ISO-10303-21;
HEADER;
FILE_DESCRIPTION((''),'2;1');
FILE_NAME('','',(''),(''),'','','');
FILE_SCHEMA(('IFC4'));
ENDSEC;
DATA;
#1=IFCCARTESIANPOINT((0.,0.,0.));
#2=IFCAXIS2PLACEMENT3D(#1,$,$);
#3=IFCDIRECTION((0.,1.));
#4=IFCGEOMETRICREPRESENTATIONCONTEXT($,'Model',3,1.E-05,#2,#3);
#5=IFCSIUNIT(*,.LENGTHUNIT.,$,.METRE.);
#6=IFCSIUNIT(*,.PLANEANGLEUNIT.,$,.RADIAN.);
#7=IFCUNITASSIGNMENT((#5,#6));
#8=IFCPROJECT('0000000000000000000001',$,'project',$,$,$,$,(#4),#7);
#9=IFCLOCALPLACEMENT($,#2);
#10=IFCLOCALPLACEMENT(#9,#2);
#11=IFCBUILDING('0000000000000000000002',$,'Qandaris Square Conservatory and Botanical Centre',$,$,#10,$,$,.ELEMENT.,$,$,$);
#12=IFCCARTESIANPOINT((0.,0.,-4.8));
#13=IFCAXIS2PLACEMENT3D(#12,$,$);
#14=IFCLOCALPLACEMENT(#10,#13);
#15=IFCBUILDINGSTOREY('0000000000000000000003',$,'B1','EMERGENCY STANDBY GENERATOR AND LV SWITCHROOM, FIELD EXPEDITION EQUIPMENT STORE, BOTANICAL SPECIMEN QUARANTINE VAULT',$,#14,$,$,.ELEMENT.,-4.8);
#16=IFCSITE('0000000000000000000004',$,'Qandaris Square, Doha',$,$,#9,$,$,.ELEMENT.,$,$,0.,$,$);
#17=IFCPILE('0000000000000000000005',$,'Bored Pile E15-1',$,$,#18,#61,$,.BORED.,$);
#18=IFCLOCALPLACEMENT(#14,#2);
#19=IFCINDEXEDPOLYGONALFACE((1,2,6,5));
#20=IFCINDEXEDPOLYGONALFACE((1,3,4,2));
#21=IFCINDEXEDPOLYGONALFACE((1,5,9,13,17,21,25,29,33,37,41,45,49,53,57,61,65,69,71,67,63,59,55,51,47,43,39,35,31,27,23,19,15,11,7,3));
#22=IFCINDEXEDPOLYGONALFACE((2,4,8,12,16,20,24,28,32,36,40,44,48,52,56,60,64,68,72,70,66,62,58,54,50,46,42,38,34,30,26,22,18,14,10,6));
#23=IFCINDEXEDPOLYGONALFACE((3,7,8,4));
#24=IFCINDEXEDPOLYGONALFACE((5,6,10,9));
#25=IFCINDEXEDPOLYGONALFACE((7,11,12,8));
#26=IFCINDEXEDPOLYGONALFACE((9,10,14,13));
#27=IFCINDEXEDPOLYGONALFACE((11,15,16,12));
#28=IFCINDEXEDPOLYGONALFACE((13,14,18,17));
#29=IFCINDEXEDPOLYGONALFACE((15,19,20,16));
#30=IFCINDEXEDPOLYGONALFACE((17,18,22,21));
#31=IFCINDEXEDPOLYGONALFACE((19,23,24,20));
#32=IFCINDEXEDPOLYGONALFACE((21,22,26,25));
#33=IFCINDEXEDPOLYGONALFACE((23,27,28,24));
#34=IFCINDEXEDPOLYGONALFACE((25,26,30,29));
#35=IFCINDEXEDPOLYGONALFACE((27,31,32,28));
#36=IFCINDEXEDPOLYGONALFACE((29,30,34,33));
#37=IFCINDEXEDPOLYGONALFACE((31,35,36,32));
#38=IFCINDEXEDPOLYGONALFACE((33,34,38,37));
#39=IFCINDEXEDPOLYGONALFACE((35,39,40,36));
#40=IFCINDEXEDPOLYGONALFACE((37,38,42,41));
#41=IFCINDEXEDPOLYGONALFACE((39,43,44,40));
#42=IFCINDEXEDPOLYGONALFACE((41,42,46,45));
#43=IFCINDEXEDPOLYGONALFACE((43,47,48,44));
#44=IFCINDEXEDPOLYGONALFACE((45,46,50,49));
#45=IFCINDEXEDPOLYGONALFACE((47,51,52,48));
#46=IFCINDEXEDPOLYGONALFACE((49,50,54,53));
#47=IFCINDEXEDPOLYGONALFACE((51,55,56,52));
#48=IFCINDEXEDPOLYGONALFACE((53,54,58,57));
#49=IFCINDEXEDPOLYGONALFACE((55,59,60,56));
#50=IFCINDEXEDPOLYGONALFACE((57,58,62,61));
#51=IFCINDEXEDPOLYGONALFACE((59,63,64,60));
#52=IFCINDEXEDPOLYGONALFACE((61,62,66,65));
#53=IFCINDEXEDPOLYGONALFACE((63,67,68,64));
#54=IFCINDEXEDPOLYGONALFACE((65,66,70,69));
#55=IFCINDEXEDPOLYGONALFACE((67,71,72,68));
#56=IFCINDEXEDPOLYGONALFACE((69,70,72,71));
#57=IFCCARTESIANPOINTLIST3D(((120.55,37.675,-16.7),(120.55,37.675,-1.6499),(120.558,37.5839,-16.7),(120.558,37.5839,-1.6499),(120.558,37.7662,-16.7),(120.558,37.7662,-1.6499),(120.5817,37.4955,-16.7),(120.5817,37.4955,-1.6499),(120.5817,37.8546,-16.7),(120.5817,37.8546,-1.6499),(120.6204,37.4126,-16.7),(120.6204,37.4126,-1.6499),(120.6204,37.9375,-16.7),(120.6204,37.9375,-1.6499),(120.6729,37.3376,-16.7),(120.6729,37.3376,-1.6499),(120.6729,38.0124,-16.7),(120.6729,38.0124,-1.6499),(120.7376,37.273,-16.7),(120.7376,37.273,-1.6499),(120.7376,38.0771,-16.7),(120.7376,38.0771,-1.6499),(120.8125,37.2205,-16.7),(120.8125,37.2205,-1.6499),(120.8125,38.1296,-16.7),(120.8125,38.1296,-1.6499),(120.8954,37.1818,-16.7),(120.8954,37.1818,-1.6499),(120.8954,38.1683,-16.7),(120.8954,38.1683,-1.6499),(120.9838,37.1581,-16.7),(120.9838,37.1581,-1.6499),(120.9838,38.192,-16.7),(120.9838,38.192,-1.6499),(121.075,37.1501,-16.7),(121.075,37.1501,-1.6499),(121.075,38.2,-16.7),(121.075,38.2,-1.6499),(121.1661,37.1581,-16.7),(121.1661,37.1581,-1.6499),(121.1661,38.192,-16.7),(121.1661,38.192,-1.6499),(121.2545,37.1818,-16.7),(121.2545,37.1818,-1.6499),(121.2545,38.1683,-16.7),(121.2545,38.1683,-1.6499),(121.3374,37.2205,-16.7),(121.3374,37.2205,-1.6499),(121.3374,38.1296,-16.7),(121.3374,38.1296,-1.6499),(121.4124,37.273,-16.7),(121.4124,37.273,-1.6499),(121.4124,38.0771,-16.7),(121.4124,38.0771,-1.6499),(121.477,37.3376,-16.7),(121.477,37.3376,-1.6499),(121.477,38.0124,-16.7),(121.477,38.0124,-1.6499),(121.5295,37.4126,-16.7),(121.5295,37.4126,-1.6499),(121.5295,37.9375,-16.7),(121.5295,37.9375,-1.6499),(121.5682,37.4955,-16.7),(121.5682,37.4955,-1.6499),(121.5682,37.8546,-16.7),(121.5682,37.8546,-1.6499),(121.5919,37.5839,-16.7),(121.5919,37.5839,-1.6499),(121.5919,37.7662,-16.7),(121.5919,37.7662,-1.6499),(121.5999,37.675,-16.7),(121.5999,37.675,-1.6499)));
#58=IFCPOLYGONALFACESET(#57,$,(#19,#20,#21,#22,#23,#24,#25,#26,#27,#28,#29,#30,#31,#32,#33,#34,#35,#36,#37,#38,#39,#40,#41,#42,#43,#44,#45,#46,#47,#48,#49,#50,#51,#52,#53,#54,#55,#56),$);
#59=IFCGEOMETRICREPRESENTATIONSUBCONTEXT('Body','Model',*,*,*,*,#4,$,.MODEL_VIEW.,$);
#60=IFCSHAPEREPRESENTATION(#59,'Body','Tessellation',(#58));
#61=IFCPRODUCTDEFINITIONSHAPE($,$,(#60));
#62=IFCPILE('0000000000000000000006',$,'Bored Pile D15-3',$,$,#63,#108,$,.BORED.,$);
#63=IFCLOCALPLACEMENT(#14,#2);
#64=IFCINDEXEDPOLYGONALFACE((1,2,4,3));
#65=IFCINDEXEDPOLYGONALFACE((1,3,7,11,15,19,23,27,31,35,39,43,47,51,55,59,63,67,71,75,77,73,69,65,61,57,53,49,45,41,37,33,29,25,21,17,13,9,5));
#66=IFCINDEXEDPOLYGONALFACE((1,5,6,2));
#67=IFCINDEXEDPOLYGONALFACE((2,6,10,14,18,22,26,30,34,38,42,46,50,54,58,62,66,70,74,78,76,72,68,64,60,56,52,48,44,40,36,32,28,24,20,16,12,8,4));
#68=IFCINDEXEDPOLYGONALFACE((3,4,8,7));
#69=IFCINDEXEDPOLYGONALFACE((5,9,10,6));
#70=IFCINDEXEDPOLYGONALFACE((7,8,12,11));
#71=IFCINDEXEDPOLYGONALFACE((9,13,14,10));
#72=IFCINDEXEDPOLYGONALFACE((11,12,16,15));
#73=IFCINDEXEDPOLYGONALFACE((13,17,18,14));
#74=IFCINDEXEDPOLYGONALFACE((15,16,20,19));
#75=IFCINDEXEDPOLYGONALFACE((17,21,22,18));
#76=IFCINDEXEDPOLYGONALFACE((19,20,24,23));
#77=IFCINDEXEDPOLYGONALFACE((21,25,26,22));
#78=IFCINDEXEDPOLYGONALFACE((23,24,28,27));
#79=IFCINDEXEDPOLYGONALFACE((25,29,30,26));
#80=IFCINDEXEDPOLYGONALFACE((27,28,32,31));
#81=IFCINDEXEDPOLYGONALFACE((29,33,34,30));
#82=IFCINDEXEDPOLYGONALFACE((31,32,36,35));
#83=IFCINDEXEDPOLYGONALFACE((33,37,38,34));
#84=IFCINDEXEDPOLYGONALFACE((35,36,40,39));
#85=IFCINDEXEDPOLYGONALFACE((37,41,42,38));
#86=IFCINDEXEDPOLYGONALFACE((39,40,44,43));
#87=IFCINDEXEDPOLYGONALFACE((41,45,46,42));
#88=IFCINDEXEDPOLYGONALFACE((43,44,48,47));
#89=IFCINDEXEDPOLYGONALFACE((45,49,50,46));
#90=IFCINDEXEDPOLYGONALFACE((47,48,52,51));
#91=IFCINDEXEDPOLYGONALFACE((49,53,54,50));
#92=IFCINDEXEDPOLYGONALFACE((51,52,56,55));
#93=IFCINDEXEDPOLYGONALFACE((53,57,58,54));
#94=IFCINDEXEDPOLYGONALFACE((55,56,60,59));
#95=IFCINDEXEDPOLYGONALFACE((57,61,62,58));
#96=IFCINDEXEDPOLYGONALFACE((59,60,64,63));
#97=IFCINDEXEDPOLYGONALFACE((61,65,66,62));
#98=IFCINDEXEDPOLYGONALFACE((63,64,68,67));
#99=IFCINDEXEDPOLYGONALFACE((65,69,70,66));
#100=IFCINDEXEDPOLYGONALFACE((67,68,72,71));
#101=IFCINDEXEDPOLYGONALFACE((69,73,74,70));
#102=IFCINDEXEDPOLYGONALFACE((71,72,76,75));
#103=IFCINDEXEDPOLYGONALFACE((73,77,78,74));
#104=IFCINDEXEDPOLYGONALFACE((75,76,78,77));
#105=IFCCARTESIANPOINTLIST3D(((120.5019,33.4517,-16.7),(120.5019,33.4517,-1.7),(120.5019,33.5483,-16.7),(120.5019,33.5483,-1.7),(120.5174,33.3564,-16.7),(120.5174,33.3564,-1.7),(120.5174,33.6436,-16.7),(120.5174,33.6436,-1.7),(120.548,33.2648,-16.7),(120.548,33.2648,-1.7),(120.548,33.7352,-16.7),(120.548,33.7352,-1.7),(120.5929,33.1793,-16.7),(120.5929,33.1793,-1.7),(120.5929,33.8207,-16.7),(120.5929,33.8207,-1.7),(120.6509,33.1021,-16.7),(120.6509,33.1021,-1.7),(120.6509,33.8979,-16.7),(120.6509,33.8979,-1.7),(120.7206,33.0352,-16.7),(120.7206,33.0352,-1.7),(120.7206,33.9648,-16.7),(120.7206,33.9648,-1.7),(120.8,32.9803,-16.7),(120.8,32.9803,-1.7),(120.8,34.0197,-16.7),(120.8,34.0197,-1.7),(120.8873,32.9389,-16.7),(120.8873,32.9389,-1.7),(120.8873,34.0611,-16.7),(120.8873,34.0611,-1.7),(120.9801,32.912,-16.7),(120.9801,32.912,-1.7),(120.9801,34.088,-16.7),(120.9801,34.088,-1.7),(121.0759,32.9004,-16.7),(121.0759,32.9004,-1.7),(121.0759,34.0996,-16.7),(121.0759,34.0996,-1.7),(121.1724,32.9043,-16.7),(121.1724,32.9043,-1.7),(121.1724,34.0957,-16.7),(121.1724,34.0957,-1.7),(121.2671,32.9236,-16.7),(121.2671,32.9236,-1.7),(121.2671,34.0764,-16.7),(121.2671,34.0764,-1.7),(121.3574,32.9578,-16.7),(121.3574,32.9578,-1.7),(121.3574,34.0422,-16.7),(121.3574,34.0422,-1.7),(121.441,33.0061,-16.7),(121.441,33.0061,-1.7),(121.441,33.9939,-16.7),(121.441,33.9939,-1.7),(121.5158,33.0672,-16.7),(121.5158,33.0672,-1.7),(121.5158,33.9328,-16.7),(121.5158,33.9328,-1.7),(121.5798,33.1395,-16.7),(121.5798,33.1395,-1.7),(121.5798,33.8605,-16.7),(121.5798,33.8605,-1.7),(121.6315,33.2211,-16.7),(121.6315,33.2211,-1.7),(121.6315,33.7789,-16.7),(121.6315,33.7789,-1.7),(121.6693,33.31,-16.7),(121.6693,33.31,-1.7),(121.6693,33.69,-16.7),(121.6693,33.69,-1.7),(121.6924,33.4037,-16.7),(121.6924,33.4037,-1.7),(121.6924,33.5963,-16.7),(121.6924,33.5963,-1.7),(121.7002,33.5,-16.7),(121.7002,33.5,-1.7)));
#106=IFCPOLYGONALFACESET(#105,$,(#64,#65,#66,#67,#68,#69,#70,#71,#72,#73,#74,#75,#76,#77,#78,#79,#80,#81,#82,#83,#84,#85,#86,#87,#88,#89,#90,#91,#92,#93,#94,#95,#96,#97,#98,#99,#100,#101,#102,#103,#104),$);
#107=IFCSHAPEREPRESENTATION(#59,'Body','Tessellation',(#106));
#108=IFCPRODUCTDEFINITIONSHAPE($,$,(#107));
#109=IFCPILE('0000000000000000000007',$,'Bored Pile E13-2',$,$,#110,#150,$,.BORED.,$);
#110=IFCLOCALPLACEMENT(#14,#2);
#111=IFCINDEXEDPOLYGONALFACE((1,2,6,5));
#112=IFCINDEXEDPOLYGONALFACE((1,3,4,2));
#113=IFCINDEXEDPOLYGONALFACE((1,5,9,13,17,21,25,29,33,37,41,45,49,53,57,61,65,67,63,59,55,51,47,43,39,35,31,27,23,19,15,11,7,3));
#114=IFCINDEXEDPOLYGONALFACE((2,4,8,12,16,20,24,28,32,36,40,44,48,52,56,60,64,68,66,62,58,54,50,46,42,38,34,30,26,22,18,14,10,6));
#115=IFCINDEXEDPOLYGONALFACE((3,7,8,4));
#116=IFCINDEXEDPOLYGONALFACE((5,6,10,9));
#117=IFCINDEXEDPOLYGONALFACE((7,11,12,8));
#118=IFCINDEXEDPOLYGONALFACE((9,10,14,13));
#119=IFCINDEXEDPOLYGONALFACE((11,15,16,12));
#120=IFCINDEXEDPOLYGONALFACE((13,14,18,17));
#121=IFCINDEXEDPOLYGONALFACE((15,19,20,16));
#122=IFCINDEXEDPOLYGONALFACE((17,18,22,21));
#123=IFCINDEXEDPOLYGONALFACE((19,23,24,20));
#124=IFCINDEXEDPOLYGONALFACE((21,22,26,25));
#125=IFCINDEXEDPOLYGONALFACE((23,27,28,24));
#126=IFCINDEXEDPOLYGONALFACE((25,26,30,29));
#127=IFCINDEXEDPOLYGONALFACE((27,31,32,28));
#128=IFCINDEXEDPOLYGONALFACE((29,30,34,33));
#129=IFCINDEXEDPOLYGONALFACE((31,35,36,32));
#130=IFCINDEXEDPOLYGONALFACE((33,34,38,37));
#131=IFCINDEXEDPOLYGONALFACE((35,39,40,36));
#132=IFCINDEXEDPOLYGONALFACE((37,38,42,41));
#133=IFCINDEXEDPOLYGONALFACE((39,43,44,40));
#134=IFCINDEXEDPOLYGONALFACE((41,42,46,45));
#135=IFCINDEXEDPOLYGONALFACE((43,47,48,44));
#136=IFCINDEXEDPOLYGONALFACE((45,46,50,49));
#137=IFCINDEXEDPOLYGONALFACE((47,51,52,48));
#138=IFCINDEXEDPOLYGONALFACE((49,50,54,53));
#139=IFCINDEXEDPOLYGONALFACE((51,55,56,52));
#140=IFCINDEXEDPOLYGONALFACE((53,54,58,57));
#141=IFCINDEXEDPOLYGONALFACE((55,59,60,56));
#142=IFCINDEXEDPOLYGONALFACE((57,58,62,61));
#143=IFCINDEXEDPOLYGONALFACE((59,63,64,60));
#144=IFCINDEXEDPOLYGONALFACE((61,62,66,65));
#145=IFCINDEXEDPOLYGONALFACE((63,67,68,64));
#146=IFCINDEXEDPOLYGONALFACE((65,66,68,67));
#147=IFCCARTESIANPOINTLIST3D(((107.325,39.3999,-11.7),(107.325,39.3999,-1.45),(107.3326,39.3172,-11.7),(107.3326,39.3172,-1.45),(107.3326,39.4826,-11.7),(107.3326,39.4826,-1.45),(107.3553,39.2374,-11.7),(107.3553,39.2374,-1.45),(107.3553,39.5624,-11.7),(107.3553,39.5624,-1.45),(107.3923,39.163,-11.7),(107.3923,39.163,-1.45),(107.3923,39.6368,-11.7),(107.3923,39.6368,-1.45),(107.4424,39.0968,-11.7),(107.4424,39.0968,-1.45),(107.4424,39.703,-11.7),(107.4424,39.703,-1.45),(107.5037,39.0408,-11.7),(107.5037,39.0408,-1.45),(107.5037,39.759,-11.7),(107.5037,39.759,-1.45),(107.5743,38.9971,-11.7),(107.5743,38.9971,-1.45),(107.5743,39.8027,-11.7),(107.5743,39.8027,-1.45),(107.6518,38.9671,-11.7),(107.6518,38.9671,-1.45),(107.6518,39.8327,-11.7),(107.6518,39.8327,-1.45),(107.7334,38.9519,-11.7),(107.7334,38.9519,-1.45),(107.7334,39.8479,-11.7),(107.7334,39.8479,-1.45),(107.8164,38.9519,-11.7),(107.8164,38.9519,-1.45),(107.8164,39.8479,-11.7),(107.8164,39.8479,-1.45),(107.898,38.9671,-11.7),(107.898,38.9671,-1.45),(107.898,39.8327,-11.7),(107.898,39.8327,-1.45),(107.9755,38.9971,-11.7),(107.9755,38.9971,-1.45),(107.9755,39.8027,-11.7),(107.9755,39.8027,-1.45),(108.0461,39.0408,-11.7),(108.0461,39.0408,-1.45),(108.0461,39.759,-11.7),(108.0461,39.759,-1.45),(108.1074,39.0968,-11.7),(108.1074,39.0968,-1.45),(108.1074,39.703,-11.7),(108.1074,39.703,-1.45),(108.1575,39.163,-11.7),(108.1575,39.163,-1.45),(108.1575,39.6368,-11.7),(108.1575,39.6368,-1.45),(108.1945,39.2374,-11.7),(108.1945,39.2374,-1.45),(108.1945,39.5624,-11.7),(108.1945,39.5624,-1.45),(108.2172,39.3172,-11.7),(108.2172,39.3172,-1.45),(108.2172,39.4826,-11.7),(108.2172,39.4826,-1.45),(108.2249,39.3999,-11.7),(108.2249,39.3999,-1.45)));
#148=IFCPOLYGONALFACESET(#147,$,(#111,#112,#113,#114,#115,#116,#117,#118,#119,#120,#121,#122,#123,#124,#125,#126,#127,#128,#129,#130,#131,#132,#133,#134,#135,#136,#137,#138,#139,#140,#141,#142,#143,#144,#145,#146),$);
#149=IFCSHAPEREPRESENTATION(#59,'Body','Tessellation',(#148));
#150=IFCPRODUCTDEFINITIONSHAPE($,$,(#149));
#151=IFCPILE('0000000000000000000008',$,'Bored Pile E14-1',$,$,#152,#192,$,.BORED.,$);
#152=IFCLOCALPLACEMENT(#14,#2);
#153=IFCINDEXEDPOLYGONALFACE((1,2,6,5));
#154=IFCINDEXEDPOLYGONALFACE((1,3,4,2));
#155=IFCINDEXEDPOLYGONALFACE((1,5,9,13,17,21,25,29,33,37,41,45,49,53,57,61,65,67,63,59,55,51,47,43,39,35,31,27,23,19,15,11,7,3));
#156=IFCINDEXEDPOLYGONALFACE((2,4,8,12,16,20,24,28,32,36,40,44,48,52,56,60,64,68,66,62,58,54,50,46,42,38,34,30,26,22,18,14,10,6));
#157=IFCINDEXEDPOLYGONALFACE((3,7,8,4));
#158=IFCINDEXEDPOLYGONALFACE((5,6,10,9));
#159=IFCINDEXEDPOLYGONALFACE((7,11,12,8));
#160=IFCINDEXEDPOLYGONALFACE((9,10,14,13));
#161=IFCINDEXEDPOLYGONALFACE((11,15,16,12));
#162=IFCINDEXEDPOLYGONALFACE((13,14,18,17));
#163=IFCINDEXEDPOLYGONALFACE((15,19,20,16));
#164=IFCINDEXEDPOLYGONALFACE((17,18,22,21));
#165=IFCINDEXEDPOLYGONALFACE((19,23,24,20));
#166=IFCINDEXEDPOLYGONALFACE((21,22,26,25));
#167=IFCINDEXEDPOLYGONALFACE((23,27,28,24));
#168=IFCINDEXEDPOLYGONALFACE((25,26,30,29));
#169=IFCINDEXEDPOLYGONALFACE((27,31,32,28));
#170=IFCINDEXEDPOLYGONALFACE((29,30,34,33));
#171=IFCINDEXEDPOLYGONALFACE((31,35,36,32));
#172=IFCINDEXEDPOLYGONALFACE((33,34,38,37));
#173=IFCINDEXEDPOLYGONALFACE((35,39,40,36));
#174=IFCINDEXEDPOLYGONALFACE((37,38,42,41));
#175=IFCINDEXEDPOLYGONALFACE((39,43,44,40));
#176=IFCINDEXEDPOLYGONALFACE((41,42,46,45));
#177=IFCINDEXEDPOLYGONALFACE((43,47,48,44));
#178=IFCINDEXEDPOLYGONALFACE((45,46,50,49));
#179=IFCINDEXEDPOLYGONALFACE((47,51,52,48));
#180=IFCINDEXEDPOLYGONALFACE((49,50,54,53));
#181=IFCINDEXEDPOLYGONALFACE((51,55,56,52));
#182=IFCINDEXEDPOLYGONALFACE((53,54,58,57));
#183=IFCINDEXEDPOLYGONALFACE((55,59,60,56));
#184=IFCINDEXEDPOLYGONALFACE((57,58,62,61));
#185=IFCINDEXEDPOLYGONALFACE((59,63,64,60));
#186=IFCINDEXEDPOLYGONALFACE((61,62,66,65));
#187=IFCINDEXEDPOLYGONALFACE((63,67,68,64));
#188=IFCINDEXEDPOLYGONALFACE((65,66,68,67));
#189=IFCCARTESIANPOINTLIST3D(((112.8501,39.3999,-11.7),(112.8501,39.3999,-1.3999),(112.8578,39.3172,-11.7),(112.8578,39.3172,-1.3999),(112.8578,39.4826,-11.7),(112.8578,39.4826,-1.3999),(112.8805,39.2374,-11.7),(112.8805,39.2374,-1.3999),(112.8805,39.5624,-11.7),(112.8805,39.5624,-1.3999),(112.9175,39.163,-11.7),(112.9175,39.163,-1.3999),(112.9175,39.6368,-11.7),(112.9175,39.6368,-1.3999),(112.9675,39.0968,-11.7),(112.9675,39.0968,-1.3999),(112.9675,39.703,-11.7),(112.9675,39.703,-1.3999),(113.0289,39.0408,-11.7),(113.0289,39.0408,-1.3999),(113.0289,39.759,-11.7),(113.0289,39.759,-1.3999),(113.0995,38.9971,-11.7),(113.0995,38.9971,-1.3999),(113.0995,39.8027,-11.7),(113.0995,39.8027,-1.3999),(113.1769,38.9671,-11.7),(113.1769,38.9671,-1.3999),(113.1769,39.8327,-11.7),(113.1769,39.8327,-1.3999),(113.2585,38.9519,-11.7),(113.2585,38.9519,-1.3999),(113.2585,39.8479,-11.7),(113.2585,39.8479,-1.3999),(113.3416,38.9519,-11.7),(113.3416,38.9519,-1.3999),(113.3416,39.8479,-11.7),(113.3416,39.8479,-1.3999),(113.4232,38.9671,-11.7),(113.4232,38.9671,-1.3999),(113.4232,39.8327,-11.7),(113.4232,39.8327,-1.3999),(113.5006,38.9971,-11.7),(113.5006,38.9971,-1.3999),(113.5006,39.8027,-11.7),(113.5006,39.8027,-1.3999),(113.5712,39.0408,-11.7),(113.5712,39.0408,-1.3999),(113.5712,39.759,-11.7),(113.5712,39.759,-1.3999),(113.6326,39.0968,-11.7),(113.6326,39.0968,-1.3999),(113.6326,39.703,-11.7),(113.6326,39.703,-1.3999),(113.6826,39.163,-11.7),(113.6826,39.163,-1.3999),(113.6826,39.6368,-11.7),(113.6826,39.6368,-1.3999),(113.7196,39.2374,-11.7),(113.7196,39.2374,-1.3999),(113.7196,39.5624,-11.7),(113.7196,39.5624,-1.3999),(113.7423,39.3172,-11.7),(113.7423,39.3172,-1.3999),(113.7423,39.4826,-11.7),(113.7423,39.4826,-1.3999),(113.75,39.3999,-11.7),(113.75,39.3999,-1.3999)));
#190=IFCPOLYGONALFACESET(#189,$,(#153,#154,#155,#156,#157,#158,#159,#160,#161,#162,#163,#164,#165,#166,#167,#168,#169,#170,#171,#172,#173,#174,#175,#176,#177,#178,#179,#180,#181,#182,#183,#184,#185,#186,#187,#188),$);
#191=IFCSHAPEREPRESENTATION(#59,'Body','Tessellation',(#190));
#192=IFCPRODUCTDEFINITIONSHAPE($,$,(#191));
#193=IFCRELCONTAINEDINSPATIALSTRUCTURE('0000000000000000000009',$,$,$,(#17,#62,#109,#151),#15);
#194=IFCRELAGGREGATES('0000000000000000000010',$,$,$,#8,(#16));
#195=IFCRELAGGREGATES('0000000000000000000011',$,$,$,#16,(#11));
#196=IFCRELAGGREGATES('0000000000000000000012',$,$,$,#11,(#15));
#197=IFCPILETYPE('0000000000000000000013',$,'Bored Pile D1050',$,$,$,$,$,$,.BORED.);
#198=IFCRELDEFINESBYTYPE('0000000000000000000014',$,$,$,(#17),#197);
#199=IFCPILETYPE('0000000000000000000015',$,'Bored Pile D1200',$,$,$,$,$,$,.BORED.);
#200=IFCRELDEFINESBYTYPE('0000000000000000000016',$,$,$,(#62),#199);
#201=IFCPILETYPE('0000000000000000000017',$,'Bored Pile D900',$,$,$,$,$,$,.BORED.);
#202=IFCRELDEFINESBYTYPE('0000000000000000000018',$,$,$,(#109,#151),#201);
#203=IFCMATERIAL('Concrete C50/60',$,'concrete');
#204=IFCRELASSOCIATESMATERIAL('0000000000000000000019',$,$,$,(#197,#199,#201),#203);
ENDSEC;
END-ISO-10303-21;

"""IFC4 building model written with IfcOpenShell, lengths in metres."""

from ifc_helpers import new_model, si_unit, direction, frame, origin, origin_2d, place, context, subcontext, project, spatial, circle, extrude, material, material_profile, profile_set, type_object, element, save


model = new_model("IFC4")

# Units and contexts
model_context = context("Model", 3, precision=1e-05, world=origin(), true_north=direction((0.0, 1.0)))
body_context = subcontext(model_context, "Body", "Model", "MODEL_VIEW")
ifc_project = project(units=[si_unit("LENGTHUNIT", "METRE"), si_unit("PLANEANGLEUNIT", "RADIAN")], contexts=[model_context])

# Site, building, storey
site_placement = place(None, origin())
site = spatial("IfcSite", under=ifc_project, at=site_placement, Name="Qandaris Square, Doha", CompositionType="ELEMENT", RefElevation=0.0)
building_placement = place(site_placement, origin())
building = spatial("IfcBuilding", under=site, at=building_placement, Name="Qandaris Square Conservatory and Botanical Centre", CompositionType="ELEMENT")
storey_placement = place(building_placement, frame((0.0, 0.0, -4.8)))
storey = spatial("IfcBuildingStorey", under=building, at=storey_placement, Name="B1", Description="EMERGENCY STANDBY GENERATOR AND LV SWITCHROOM, FIELD EXPEDITION EQUIPMENT STORE, BOTANICAL SPECIMEN QUARANTINE VAULT", CompositionType="ELEMENT", Elevation=-4.8)

# Piles
ifc_material_1 = material(Name="Concrete C50/60", Category="concrete")
ifc_material_profile_1 = material_profile(ifc_material_1, circle(Radius=0.5249, at=origin_2d()), Name="PILE D1050")
ifc_profile_set_1 = profile_set([ifc_material_profile_1], Name="Concrete C50/60")
pile_type_1 = type_object("IfcPileType", Name="Bored Pile D1050", PredefinedType="BORED", material=ifc_profile_set_1)
pile_1_placement = place(storey_placement, frame((121.075, 37.675, -1.6499), z_axis=(0.0, 0.0, -1.0), x_axis=(1.0, 0.0, 0.0)))
element("IfcPile", 1, at=pile_1_placement, inside=storey, type_object=pile_type_1, Name="Bored Pile E15-1", PredefinedType="BORED", context=body_context, shape_type="SweptSolid", body=[
    extrude(circle(Radius=0.5249, at=origin_2d()), origin(), (0.0, 0.0, 1.0), 15.05),
])
ifc_material_profile_2 = material_profile(ifc_material_1, circle(Radius=0.6001, at=origin_2d()), Name="PILE D1200")
ifc_profile_set_2 = profile_set([ifc_material_profile_2], Name="Concrete C50/60")
pile_type_2 = type_object("IfcPileType", Name="Bored Pile D1200", PredefinedType="BORED", material=ifc_profile_set_2)
pile_2_placement = place(storey_placement, frame((121.1001, 33.5, -1.7), z_axis=(0.0, 0.0, -1.0), x_axis=(1.0, 0.0, 0.0)))
element("IfcPile", 2, at=pile_2_placement, inside=storey, type_object=pile_type_2, Name="Bored Pile D15-3", PredefinedType="BORED", context=body_context, shape_type="SweptSolid", body=[
    extrude(circle(Radius=0.6001, at=origin_2d()), origin(), (0.0, 0.0, 1.0), 15.0),
])
ifc_material_profile_3 = material_profile(ifc_material_1, circle(Radius=0.45, at=origin_2d()), Name="PILE D900")
ifc_profile_set_3 = profile_set([ifc_material_profile_3], Name="Concrete C50/60")
pile_type_3 = type_object("IfcPileType", Name="Bored Pile D900", PredefinedType="BORED", material=ifc_profile_set_3)
pile_3_placement = place(storey_placement, frame((107.7749, 39.3999, -1.45), z_axis=(0.0, 0.0, -1.0), x_axis=(1.0, 0.0, 0.0)))
element("IfcPile", 3, at=pile_3_placement, inside=storey, type_object=pile_type_3, Name="Bored Pile E13-2", PredefinedType="BORED", context=body_context, shape_type="SweptSolid", body=[
    extrude(circle(Radius=0.45, at=origin_2d()), origin(), (0.0, 0.0, 1.0), 10.25),
])
for number, where, z_axis, x_axis, name in (
    (4, (113.3, 39.3999, -1.3999), (0.0, 0.0, -1.0), (1.0, 0.0, 0.0), "Bored Pile E14-1"),
):
    element("IfcPile", number, at=place(storey_placement, frame(where, z_axis=z_axis, x_axis=x_axis)), inside=storey, type_object=pile_type_3, Name=name, PredefinedType="BORED", context=body_context, shape_type="SweptSolid", body=[
        extrude(circle(Radius=0.45, at=origin_2d()), origin(), (0.0, 0.0, 1.0), 10.3),
    ])

save(model, "model.ifc")
